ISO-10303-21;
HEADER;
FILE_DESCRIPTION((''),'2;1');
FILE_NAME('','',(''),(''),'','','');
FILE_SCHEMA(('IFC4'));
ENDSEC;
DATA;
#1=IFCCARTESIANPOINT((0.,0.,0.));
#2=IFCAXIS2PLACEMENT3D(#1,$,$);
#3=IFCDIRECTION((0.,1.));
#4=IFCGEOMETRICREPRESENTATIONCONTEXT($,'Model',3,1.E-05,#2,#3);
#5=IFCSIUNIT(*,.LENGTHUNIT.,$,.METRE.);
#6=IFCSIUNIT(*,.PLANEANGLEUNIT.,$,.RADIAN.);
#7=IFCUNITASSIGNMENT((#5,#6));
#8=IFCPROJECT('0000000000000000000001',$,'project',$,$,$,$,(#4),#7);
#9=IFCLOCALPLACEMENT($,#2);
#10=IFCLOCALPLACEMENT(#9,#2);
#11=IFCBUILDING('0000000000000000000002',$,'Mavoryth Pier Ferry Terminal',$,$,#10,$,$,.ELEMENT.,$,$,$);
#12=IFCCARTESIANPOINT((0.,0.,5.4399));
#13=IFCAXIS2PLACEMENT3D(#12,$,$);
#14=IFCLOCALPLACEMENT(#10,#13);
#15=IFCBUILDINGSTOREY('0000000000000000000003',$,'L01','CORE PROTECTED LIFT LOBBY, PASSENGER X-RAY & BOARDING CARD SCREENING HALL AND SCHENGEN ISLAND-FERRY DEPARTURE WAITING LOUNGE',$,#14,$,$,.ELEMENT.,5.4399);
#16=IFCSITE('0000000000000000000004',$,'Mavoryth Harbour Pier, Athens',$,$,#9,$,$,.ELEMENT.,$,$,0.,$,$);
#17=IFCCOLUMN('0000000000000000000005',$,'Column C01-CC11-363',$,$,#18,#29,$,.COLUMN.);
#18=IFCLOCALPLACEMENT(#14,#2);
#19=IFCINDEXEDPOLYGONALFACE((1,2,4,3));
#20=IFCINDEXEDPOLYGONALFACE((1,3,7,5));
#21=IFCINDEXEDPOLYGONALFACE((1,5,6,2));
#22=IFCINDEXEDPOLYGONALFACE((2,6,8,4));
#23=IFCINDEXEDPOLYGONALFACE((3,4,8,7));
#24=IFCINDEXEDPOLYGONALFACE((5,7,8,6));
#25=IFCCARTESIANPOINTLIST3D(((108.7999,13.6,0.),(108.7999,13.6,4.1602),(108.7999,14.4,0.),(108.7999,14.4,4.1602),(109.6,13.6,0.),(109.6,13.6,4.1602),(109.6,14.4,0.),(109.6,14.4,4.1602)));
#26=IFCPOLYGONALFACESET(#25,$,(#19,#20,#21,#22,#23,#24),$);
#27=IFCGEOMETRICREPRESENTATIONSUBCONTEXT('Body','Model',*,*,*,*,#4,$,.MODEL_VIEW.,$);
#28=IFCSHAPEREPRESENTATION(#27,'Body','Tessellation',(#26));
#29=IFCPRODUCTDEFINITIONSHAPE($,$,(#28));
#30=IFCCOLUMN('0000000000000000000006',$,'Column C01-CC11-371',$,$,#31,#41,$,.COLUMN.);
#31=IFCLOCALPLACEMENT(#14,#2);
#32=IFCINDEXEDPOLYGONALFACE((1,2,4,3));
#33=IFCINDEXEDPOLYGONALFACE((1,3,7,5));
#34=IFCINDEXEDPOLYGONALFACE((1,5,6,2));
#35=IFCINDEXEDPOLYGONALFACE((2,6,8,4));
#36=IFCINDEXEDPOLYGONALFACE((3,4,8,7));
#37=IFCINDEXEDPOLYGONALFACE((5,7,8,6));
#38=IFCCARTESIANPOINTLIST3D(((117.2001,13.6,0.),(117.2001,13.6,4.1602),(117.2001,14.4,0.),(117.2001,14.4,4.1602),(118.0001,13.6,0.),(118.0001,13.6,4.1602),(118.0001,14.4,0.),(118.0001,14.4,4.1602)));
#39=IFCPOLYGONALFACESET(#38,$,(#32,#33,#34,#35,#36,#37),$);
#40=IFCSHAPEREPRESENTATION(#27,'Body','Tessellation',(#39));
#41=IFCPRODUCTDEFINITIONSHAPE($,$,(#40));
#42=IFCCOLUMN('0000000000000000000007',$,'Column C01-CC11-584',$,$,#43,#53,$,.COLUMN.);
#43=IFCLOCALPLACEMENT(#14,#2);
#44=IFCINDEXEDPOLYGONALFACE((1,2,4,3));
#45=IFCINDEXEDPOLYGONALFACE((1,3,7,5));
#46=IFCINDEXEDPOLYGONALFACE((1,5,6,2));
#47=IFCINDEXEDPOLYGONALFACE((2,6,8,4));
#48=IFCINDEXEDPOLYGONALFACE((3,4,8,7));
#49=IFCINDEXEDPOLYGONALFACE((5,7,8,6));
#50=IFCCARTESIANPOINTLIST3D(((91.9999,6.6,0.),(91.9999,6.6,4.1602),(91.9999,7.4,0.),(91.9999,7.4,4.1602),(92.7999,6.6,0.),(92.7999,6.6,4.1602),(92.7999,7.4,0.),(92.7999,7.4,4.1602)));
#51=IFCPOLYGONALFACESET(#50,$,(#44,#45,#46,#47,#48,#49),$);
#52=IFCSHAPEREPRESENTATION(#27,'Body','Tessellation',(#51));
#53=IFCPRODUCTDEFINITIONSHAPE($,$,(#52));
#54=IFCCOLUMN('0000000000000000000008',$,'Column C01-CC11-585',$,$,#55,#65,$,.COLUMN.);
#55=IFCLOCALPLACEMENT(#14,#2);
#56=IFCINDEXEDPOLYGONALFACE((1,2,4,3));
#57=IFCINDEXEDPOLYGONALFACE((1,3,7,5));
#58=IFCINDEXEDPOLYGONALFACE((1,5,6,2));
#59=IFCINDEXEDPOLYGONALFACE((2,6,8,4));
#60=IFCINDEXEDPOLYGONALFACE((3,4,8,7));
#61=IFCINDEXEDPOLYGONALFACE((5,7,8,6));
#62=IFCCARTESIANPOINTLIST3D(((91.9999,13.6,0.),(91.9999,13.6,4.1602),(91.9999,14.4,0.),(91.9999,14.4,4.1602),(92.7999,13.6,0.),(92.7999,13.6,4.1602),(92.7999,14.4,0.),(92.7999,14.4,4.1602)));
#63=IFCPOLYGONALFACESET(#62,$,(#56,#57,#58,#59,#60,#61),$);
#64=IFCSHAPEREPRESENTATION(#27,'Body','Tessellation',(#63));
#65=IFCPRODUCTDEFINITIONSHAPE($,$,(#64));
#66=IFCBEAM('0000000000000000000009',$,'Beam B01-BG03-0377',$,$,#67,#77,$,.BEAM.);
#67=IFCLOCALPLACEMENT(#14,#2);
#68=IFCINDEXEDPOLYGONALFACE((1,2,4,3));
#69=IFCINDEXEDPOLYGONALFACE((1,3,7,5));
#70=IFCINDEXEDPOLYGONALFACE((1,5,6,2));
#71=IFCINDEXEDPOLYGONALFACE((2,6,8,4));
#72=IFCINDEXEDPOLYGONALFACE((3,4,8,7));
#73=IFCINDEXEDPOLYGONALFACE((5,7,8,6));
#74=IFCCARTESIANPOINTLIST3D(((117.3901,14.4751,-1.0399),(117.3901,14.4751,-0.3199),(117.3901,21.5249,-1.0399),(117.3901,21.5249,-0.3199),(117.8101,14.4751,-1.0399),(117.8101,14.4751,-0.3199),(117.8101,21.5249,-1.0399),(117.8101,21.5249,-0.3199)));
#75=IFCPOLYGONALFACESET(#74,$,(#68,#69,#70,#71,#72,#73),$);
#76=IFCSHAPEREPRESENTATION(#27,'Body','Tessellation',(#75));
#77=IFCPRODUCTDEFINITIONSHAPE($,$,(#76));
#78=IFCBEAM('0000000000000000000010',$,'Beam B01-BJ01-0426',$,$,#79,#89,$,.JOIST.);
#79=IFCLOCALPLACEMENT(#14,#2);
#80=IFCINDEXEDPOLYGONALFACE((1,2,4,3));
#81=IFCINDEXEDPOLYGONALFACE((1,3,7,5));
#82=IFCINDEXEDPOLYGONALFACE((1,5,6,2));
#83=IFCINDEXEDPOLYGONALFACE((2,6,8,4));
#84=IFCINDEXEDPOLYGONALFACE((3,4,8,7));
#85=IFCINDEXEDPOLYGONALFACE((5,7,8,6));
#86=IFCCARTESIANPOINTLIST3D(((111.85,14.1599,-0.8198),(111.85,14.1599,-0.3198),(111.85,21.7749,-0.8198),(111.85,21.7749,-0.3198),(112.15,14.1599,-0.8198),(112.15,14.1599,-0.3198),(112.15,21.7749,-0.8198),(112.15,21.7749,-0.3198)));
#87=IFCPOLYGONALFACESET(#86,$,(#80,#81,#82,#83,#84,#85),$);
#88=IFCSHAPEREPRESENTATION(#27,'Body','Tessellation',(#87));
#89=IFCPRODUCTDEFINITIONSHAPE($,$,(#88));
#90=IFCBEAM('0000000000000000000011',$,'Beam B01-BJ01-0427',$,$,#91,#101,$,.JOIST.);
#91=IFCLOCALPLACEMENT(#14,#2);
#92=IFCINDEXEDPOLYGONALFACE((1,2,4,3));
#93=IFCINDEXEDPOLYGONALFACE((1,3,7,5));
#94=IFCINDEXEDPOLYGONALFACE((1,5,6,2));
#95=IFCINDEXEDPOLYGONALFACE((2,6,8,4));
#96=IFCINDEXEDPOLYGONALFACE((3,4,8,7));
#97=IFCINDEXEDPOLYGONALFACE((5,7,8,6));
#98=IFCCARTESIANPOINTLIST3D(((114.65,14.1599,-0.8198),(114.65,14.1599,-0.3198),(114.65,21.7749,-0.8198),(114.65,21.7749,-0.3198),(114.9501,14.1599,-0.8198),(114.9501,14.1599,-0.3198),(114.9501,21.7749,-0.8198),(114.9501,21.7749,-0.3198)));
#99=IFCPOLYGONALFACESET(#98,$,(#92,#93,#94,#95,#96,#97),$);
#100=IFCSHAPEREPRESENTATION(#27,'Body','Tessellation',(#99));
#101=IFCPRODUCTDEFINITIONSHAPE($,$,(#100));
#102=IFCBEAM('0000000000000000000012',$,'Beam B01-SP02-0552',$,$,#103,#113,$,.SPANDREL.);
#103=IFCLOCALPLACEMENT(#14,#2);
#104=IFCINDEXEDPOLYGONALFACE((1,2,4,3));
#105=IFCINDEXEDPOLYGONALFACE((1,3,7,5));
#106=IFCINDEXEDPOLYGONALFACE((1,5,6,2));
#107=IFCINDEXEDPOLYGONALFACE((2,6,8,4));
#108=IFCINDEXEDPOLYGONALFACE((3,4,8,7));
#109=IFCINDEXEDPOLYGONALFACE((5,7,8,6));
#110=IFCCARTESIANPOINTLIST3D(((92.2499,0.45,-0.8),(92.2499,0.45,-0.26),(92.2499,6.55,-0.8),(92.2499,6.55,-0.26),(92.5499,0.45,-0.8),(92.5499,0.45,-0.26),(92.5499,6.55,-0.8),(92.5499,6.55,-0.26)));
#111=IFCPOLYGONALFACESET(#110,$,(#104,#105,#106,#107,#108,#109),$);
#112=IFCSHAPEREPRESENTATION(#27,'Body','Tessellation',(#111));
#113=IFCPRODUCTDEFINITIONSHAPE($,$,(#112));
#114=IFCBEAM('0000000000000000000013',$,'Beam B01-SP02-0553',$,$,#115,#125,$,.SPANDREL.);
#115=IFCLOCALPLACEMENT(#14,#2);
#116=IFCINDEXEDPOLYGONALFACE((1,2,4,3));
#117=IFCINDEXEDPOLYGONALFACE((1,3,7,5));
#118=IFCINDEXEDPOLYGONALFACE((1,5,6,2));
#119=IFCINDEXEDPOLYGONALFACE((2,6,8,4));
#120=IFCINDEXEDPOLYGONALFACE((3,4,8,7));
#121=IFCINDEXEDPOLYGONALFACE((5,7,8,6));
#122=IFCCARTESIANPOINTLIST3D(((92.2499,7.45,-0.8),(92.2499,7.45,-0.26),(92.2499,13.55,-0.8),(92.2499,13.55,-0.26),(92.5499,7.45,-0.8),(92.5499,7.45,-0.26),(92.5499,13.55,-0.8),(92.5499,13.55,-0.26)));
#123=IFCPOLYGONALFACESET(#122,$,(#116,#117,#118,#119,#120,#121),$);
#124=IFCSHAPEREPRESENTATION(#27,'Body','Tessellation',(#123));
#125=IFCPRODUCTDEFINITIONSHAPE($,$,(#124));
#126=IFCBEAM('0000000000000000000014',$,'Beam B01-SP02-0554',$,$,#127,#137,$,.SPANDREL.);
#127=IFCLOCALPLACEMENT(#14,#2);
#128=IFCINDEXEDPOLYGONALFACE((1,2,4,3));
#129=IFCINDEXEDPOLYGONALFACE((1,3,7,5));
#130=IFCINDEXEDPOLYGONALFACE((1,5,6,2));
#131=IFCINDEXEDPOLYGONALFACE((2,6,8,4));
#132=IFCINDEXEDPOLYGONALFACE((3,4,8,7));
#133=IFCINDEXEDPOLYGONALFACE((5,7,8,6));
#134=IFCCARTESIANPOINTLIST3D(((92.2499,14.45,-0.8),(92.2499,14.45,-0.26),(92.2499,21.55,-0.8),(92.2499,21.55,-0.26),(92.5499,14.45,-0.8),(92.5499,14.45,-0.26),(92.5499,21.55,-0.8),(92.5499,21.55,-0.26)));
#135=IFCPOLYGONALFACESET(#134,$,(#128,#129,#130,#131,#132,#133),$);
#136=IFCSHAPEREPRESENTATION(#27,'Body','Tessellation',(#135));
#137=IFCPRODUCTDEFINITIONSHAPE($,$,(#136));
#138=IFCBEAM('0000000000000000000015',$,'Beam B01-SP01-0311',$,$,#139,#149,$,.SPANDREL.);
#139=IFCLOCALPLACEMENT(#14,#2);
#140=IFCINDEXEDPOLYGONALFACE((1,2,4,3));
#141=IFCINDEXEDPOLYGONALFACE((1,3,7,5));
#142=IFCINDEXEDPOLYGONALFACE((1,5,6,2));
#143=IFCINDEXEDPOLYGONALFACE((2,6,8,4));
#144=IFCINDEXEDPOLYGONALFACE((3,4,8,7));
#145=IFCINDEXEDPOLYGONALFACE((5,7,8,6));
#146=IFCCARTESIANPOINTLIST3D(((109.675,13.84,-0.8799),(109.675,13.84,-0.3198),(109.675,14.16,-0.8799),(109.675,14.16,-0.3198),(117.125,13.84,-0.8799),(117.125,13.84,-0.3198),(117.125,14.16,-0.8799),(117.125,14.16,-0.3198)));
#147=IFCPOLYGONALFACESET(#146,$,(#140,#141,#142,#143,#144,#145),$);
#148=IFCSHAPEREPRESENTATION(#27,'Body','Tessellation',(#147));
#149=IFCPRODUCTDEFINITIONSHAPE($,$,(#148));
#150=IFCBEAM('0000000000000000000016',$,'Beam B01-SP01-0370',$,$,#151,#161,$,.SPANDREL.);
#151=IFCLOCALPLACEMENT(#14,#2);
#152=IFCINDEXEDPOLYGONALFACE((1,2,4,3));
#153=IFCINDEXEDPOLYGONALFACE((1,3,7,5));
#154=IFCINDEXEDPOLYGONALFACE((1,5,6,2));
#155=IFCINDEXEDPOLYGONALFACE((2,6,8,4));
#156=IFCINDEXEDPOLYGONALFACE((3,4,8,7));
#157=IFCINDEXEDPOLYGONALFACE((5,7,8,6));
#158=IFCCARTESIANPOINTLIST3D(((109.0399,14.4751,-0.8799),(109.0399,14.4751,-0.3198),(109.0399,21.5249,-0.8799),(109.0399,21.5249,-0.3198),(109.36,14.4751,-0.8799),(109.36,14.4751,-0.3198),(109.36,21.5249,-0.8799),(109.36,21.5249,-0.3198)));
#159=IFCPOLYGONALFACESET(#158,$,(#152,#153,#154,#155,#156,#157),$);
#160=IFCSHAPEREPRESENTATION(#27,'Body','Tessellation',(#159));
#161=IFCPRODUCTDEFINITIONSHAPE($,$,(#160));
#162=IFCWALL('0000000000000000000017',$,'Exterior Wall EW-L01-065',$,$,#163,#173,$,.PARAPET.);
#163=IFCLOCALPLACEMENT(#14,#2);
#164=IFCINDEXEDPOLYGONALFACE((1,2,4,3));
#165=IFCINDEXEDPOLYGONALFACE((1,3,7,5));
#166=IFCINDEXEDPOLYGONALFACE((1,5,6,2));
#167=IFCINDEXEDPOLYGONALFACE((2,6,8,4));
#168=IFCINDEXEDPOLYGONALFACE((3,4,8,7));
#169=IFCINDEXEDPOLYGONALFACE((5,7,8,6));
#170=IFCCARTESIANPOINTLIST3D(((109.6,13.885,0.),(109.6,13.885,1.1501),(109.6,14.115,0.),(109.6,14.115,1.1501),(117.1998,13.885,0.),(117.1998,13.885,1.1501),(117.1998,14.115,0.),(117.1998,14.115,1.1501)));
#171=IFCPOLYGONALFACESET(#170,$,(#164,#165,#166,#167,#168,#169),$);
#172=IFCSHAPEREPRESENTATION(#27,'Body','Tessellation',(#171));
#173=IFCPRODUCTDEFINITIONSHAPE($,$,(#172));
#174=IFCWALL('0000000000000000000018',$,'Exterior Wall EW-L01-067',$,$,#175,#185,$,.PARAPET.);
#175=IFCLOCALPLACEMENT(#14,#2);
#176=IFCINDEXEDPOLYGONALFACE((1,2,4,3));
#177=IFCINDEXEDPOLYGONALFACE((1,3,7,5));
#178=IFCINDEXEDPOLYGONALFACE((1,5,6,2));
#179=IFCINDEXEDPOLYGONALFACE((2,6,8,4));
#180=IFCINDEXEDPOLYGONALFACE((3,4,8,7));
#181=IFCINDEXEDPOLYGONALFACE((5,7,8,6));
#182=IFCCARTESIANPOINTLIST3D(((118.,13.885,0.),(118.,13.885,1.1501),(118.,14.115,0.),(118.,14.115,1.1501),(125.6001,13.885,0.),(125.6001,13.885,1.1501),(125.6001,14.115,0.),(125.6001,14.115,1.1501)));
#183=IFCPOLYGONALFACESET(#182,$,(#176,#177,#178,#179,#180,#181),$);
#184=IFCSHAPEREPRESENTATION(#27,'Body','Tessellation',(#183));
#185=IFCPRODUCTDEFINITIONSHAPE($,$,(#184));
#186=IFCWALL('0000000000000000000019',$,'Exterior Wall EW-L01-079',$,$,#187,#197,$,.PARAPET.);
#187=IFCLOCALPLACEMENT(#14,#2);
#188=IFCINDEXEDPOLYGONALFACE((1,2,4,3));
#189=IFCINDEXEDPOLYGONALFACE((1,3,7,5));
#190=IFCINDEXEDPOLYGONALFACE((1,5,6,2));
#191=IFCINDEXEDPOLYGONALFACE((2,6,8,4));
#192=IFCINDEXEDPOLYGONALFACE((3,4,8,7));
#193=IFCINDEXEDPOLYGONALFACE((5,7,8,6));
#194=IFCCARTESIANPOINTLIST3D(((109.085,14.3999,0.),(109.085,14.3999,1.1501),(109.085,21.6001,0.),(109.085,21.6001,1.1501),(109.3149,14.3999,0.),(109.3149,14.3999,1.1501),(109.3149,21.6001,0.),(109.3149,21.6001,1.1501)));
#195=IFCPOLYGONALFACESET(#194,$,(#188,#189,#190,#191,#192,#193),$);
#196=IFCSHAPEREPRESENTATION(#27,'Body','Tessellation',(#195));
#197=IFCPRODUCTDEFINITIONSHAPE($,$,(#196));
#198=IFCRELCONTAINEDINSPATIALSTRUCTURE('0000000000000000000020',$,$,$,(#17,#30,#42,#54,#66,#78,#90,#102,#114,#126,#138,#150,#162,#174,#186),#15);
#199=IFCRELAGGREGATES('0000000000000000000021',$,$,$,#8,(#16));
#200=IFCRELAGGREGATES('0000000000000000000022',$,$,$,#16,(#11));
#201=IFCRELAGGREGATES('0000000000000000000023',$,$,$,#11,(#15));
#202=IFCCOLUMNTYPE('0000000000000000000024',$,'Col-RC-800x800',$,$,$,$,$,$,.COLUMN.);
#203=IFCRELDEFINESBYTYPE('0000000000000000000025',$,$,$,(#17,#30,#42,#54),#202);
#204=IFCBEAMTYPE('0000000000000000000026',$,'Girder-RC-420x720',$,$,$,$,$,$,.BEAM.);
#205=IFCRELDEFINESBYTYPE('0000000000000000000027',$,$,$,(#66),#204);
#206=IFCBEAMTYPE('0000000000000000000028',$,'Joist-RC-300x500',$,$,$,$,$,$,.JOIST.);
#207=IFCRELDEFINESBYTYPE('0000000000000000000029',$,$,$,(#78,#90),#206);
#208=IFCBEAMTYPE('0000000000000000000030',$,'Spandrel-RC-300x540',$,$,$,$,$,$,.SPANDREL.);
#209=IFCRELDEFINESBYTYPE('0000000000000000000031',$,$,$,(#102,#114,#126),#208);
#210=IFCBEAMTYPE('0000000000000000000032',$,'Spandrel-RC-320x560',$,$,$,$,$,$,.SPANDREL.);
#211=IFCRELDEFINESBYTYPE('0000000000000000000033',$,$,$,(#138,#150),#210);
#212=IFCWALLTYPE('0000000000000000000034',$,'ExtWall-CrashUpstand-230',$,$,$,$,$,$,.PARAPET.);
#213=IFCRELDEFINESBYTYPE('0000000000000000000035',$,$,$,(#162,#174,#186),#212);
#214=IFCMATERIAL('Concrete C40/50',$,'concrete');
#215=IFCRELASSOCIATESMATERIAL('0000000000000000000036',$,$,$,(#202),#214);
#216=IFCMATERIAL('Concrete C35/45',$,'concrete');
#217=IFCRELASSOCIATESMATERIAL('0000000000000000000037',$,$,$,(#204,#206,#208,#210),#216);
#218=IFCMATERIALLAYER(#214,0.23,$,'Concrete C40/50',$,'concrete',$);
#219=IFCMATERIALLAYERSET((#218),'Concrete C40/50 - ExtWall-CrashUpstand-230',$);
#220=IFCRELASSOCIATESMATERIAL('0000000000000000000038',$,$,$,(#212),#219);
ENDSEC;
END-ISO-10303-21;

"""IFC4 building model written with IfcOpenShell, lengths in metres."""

from ifc_helpers import new_model, si_unit, direction, frame, frame_2d, origin, origin_2d, place, context, subcontext, project, spatial, rectangle, extrude, material, layer, layer_set, material_profile, profile_set, type_object, element, save


model = new_model("IFC4")

# Units and contexts
model_context = context("Model", 3, precision=1e-05, world=origin(), true_north=direction((0.0, 1.0)))
body_context = subcontext(model_context, "Body", "Model", "MODEL_VIEW")
ifc_project = project(units=[si_unit("LENGTHUNIT", "METRE"), si_unit("PLANEANGLEUNIT", "RADIAN")], contexts=[model_context])

# Site, building, storey
site_placement = place(None, origin())
site = spatial("IfcSite", under=ifc_project, at=site_placement, Name="Mavoryth Harbour Pier, Athens", CompositionType="ELEMENT", RefElevation=0.0)
building_placement = place(site_placement, origin())
building = spatial("IfcBuilding", under=site, at=building_placement, Name="Mavoryth Pier Ferry Terminal", CompositionType="ELEMENT")
storey_placement = place(building_placement, frame((0.0, 0.0, 5.4399)))
storey = spatial("IfcBuildingStorey", under=building, at=storey_placement, Name="L01", Description="CORE PROTECTED LIFT LOBBY, PASSENGER X-RAY & BOARDING CARD SCREENING HALL AND SCHENGEN ISLAND-FERRY DEPARTURE WAITING LOUNGE", CompositionType="ELEMENT", Elevation=5.4399)

# Columns
ifc_material_1 = material(Name="Concrete C40/50", Category="concrete")
ifc_material_profile_1 = material_profile(ifc_material_1, rectangle(XDim=0.8, YDim=0.8, at=origin_2d()), Name="RC 800x800", Category="concrete")
ifc_profile_set_1 = profile_set([ifc_material_profile_1], Name="Concrete C40/50 - RC 800x800")
column_type = type_object("IfcColumnType", Name="Col-RC-800x800", PredefinedType="COLUMN", material=ifc_profile_set_1)
for number, where, z_axis, x_axis, name in (
    (1, (109.2, 14.0, 0.0), (0.0, 0.0, 1.0), (1.0, 0.0, 0.0), "Column C01-CC11-363"),
    (2, (117.6001, 14.0, 0.0), (0.0, 0.0, 1.0), (1.0, 0.0, 0.0), "Column C01-CC11-371"),
    (3, (92.3999, 7.0, 0.0), (0.0, 0.0, 1.0), (1.0, 0.0, 0.0), "Column C01-CC11-584"),
    (4, (92.3999, 14.0, 0.0), (0.0, 0.0, 1.0), (1.0, 0.0, 0.0), "Column C01-CC11-585"),
):
    element("IfcColumn", number, at=place(storey_placement, frame(where, z_axis=z_axis, x_axis=x_axis)), inside=storey, type_object=column_type, Name=name, PredefinedType="COLUMN", context=body_context, shape_type="SweptSolid", body=[
        extrude(rectangle(XDim=0.8, YDim=0.8, at=origin_2d()), origin(), (0.0, 0.0, 1.0), 4.1602),
    ])

# Beams
ifc_material_2 = material(Name="Concrete C35/45", Category="concrete")
ifc_material_profile_2 = material_profile(ifc_material_2, rectangle(XDim=0.4199, YDim=0.72, at=origin_2d()), Name="RC 420x720", Category="concrete")
ifc_profile_set_2 = profile_set([ifc_material_profile_2], Name="Concrete C35/45 - RC 420x720")
beam_type_1 = type_object("IfcBeamType", Name="Girder-RC-420x720", PredefinedType="BEAM", material=ifc_profile_set_2)
beam_1_placement = place(storey_placement, frame((117.6001, 14.4751, -0.6799), z_axis=(0.0, 1.0, 0.0), x_axis=(-1.0, 0.0, 0.0)))
element("IfcBeam", 5, at=beam_1_placement, inside=storey, type_object=beam_type_1, Name="Beam B01-BG03-0377", PredefinedType="BEAM", context=body_context, shape_type="SweptSolid", body=[
    extrude(rectangle(XDim=0.4199, YDim=0.72, at=origin_2d()), origin(), (0.0, 0.0, 1.0), 7.0498),
])
ifc_material_profile_3 = material_profile(ifc_material_2, rectangle(XDim=0.3, YDim=0.5, at=origin_2d()), Name="RC 300x500", Category="concrete")
ifc_profile_set_3 = profile_set([ifc_material_profile_3], Name="Concrete C35/45 - RC 300x500")
beam_type_2 = type_object("IfcBeamType", Name="Joist-RC-300x500", PredefinedType="JOIST", material=ifc_profile_set_3)
for number, where, z_axis, x_axis, name in (
    (6, (112.0, 14.1599, -0.5698), (0.0, 1.0, 0.0), (-1.0, 0.0, 0.0), "Beam B01-BJ01-0426"),
    (7, (114.8, 14.1599, -0.5698), (0.0, 1.0, 0.0), (-1.0, 0.0, 0.0), "Beam B01-BJ01-0427"),
):
    element("IfcBeam", number, at=place(storey_placement, frame(where, z_axis=z_axis, x_axis=x_axis)), inside=storey, type_object=beam_type_2, Name=name, PredefinedType="JOIST", context=body_context, shape_type="SweptSolid", body=[
        extrude(rectangle(XDim=0.3, YDim=0.5, at=origin_2d()), origin(), (0.0, 0.0, 1.0), 7.615),
    ])
ifc_material_profile_4 = material_profile(ifc_material_2, rectangle(XDim=0.3, YDim=0.54, at=origin_2d()), Name="RC 300x540", Category="concrete")
ifc_profile_set_4 = profile_set([ifc_material_profile_4], Name="Concrete C35/45 - RC 300x540")
beam_type_3 = type_object("IfcBeamType", Name="Spandrel-RC-300x540", PredefinedType="SPANDREL", material=ifc_profile_set_4)
for number, where, z_axis, x_axis, name in (
    (8, (92.3999, 0.45, -0.53), (0.0, 1.0, 0.0), (-1.0, 0.0, 0.0), "Beam B01-SP02-0552"),
    (9, (92.3999, 7.45, -0.53), (0.0, 1.0, 0.0), (-1.0, 0.0, 0.0), "Beam B01-SP02-0553"),
):
    element("IfcBeam", number, at=place(storey_placement, frame(where, z_axis=z_axis, x_axis=x_axis)), inside=storey, type_object=beam_type_3, Name=name, PredefinedType="SPANDREL", context=body_context, shape_type="SweptSolid", body=[
        extrude(rectangle(XDim=0.3, YDim=0.54, at=origin_2d()), origin(), (0.0, 0.0, 1.0), 6.1001),
    ])
beam_2_placement = place(storey_placement, frame((92.3999, 14.45, -0.53), z_axis=(0.0, 1.0, 0.0), x_axis=(-1.0, 0.0, 0.0)))
element("IfcBeam", 10, at=beam_2_placement, inside=storey, type_object=beam_type_3, Name="Beam B01-SP02-0554", PredefinedType="SPANDREL", context=body_context, shape_type="SweptSolid", body=[
    extrude(rectangle(XDim=0.3, YDim=0.54, at=origin_2d()), origin(), (0.0, 0.0, 1.0), 7.1001),
])
ifc_material_profile_5 = material_profile(ifc_material_2, rectangle(XDim=0.3201, YDim=0.5601, at=origin_2d()), Name="RC 320x560", Category="concrete")
ifc_profile_set_5 = profile_set([ifc_material_profile_5], Name="Concrete C35/45 - RC 320x560")
beam_type_4 = type_object("IfcBeamType", Name="Spandrel-RC-320x560", PredefinedType="SPANDREL", material=ifc_profile_set_5)
beam_3_placement = place(storey_placement, frame((109.675, 14.0, -0.5999), z_axis=(1.0, 0.0, 0.0), x_axis=(0.0, 1.0, 0.0)))
element("IfcBeam", 11, at=beam_3_placement, inside=storey, type_object=beam_type_4, Name="Beam B01-SP01-0311", PredefinedType="SPANDREL", context=body_context, shape_type="SweptSolid", body=[
    extrude(rectangle(XDim=0.3201, YDim=0.5601, at=origin_2d()), origin(), (0.0, 0.0, 1.0), 7.45),
])
beam_4_placement = place(storey_placement, frame((109.2, 14.4751, -0.5999), z_axis=(0.0, 1.0, 0.0), x_axis=(-1.0, 0.0, 0.0)))
element("IfcBeam", 12, at=beam_4_placement, inside=storey, type_object=beam_type_4, Name="Beam B01-SP01-0370", PredefinedType="SPANDREL", context=body_context, shape_type="SweptSolid", body=[
    extrude(rectangle(XDim=0.3201, YDim=0.5601, at=origin_2d()), origin(), (0.0, 0.0, 1.0), 7.0498),
])

# Walls
ifc_layer_1 = layer(ifc_material_1, 0.23, Name="Concrete C40/50", Category="concrete")
ifc_layer_set_1 = layer_set([ifc_layer_1], Name="Concrete C40/50 - ExtWall-CrashUpstand-230")
wall_type_1 = type_object("IfcWallType", Name="ExtWall-CrashUpstand-230", PredefinedType="PARAPET", material=ifc_layer_set_1)
wall_1_placement = place(storey_placement, frame((109.6001, 14.0, 0.0), z_axis=(0.0, 0.0, 1.0), x_axis=(1.0, 0.0, 0.0)))
element("IfcWall", 13, at=wall_1_placement, inside=storey, type_object=wall_type_1, Name="Exterior Wall EW-L01-065", PredefinedType="PARAPET", context=body_context, shape_type="SweptSolid", body=[
    extrude(rectangle(XDim=7.5999, YDim=0.23, at=frame_2d((3.7998, 0.0))), origin(), (0.0, 0.0, 1.0), 1.1501),
])
wall_2_placement = place(storey_placement, frame((118.0, 14.0, 0.0), z_axis=(0.0, 0.0, 1.0), x_axis=(1.0, 0.0, 0.0)))
element("IfcWall", 14, at=wall_2_placement, inside=storey, type_object=wall_type_1, Name="Exterior Wall EW-L01-067", PredefinedType="PARAPET", context=body_context, shape_type="SweptSolid", body=[
    extrude(rectangle(XDim=7.6001, YDim=0.23, at=frame_2d((3.8, 0.0))), origin(), (0.0, 0.0, 1.0), 1.1501),
])
wall_3_placement = place(storey_placement, frame((109.2, 14.3999, 0.0), z_axis=(0.0, 0.0, 1.0), x_axis=(0.0, 1.0, 0.0)))
element("IfcWall", 15, at=wall_3_placement, inside=storey, type_object=wall_type_1, Name="Exterior Wall EW-L01-079", PredefinedType="PARAPET", context=body_context, shape_type="SweptSolid", body=[
    extrude(rectangle(XDim=7.2002, YDim=0.23, at=frame_2d((3.6001, 0.0))), origin(), (0.0, 0.0, 1.0), 1.1501),
])

save(model, "model.ifc")
